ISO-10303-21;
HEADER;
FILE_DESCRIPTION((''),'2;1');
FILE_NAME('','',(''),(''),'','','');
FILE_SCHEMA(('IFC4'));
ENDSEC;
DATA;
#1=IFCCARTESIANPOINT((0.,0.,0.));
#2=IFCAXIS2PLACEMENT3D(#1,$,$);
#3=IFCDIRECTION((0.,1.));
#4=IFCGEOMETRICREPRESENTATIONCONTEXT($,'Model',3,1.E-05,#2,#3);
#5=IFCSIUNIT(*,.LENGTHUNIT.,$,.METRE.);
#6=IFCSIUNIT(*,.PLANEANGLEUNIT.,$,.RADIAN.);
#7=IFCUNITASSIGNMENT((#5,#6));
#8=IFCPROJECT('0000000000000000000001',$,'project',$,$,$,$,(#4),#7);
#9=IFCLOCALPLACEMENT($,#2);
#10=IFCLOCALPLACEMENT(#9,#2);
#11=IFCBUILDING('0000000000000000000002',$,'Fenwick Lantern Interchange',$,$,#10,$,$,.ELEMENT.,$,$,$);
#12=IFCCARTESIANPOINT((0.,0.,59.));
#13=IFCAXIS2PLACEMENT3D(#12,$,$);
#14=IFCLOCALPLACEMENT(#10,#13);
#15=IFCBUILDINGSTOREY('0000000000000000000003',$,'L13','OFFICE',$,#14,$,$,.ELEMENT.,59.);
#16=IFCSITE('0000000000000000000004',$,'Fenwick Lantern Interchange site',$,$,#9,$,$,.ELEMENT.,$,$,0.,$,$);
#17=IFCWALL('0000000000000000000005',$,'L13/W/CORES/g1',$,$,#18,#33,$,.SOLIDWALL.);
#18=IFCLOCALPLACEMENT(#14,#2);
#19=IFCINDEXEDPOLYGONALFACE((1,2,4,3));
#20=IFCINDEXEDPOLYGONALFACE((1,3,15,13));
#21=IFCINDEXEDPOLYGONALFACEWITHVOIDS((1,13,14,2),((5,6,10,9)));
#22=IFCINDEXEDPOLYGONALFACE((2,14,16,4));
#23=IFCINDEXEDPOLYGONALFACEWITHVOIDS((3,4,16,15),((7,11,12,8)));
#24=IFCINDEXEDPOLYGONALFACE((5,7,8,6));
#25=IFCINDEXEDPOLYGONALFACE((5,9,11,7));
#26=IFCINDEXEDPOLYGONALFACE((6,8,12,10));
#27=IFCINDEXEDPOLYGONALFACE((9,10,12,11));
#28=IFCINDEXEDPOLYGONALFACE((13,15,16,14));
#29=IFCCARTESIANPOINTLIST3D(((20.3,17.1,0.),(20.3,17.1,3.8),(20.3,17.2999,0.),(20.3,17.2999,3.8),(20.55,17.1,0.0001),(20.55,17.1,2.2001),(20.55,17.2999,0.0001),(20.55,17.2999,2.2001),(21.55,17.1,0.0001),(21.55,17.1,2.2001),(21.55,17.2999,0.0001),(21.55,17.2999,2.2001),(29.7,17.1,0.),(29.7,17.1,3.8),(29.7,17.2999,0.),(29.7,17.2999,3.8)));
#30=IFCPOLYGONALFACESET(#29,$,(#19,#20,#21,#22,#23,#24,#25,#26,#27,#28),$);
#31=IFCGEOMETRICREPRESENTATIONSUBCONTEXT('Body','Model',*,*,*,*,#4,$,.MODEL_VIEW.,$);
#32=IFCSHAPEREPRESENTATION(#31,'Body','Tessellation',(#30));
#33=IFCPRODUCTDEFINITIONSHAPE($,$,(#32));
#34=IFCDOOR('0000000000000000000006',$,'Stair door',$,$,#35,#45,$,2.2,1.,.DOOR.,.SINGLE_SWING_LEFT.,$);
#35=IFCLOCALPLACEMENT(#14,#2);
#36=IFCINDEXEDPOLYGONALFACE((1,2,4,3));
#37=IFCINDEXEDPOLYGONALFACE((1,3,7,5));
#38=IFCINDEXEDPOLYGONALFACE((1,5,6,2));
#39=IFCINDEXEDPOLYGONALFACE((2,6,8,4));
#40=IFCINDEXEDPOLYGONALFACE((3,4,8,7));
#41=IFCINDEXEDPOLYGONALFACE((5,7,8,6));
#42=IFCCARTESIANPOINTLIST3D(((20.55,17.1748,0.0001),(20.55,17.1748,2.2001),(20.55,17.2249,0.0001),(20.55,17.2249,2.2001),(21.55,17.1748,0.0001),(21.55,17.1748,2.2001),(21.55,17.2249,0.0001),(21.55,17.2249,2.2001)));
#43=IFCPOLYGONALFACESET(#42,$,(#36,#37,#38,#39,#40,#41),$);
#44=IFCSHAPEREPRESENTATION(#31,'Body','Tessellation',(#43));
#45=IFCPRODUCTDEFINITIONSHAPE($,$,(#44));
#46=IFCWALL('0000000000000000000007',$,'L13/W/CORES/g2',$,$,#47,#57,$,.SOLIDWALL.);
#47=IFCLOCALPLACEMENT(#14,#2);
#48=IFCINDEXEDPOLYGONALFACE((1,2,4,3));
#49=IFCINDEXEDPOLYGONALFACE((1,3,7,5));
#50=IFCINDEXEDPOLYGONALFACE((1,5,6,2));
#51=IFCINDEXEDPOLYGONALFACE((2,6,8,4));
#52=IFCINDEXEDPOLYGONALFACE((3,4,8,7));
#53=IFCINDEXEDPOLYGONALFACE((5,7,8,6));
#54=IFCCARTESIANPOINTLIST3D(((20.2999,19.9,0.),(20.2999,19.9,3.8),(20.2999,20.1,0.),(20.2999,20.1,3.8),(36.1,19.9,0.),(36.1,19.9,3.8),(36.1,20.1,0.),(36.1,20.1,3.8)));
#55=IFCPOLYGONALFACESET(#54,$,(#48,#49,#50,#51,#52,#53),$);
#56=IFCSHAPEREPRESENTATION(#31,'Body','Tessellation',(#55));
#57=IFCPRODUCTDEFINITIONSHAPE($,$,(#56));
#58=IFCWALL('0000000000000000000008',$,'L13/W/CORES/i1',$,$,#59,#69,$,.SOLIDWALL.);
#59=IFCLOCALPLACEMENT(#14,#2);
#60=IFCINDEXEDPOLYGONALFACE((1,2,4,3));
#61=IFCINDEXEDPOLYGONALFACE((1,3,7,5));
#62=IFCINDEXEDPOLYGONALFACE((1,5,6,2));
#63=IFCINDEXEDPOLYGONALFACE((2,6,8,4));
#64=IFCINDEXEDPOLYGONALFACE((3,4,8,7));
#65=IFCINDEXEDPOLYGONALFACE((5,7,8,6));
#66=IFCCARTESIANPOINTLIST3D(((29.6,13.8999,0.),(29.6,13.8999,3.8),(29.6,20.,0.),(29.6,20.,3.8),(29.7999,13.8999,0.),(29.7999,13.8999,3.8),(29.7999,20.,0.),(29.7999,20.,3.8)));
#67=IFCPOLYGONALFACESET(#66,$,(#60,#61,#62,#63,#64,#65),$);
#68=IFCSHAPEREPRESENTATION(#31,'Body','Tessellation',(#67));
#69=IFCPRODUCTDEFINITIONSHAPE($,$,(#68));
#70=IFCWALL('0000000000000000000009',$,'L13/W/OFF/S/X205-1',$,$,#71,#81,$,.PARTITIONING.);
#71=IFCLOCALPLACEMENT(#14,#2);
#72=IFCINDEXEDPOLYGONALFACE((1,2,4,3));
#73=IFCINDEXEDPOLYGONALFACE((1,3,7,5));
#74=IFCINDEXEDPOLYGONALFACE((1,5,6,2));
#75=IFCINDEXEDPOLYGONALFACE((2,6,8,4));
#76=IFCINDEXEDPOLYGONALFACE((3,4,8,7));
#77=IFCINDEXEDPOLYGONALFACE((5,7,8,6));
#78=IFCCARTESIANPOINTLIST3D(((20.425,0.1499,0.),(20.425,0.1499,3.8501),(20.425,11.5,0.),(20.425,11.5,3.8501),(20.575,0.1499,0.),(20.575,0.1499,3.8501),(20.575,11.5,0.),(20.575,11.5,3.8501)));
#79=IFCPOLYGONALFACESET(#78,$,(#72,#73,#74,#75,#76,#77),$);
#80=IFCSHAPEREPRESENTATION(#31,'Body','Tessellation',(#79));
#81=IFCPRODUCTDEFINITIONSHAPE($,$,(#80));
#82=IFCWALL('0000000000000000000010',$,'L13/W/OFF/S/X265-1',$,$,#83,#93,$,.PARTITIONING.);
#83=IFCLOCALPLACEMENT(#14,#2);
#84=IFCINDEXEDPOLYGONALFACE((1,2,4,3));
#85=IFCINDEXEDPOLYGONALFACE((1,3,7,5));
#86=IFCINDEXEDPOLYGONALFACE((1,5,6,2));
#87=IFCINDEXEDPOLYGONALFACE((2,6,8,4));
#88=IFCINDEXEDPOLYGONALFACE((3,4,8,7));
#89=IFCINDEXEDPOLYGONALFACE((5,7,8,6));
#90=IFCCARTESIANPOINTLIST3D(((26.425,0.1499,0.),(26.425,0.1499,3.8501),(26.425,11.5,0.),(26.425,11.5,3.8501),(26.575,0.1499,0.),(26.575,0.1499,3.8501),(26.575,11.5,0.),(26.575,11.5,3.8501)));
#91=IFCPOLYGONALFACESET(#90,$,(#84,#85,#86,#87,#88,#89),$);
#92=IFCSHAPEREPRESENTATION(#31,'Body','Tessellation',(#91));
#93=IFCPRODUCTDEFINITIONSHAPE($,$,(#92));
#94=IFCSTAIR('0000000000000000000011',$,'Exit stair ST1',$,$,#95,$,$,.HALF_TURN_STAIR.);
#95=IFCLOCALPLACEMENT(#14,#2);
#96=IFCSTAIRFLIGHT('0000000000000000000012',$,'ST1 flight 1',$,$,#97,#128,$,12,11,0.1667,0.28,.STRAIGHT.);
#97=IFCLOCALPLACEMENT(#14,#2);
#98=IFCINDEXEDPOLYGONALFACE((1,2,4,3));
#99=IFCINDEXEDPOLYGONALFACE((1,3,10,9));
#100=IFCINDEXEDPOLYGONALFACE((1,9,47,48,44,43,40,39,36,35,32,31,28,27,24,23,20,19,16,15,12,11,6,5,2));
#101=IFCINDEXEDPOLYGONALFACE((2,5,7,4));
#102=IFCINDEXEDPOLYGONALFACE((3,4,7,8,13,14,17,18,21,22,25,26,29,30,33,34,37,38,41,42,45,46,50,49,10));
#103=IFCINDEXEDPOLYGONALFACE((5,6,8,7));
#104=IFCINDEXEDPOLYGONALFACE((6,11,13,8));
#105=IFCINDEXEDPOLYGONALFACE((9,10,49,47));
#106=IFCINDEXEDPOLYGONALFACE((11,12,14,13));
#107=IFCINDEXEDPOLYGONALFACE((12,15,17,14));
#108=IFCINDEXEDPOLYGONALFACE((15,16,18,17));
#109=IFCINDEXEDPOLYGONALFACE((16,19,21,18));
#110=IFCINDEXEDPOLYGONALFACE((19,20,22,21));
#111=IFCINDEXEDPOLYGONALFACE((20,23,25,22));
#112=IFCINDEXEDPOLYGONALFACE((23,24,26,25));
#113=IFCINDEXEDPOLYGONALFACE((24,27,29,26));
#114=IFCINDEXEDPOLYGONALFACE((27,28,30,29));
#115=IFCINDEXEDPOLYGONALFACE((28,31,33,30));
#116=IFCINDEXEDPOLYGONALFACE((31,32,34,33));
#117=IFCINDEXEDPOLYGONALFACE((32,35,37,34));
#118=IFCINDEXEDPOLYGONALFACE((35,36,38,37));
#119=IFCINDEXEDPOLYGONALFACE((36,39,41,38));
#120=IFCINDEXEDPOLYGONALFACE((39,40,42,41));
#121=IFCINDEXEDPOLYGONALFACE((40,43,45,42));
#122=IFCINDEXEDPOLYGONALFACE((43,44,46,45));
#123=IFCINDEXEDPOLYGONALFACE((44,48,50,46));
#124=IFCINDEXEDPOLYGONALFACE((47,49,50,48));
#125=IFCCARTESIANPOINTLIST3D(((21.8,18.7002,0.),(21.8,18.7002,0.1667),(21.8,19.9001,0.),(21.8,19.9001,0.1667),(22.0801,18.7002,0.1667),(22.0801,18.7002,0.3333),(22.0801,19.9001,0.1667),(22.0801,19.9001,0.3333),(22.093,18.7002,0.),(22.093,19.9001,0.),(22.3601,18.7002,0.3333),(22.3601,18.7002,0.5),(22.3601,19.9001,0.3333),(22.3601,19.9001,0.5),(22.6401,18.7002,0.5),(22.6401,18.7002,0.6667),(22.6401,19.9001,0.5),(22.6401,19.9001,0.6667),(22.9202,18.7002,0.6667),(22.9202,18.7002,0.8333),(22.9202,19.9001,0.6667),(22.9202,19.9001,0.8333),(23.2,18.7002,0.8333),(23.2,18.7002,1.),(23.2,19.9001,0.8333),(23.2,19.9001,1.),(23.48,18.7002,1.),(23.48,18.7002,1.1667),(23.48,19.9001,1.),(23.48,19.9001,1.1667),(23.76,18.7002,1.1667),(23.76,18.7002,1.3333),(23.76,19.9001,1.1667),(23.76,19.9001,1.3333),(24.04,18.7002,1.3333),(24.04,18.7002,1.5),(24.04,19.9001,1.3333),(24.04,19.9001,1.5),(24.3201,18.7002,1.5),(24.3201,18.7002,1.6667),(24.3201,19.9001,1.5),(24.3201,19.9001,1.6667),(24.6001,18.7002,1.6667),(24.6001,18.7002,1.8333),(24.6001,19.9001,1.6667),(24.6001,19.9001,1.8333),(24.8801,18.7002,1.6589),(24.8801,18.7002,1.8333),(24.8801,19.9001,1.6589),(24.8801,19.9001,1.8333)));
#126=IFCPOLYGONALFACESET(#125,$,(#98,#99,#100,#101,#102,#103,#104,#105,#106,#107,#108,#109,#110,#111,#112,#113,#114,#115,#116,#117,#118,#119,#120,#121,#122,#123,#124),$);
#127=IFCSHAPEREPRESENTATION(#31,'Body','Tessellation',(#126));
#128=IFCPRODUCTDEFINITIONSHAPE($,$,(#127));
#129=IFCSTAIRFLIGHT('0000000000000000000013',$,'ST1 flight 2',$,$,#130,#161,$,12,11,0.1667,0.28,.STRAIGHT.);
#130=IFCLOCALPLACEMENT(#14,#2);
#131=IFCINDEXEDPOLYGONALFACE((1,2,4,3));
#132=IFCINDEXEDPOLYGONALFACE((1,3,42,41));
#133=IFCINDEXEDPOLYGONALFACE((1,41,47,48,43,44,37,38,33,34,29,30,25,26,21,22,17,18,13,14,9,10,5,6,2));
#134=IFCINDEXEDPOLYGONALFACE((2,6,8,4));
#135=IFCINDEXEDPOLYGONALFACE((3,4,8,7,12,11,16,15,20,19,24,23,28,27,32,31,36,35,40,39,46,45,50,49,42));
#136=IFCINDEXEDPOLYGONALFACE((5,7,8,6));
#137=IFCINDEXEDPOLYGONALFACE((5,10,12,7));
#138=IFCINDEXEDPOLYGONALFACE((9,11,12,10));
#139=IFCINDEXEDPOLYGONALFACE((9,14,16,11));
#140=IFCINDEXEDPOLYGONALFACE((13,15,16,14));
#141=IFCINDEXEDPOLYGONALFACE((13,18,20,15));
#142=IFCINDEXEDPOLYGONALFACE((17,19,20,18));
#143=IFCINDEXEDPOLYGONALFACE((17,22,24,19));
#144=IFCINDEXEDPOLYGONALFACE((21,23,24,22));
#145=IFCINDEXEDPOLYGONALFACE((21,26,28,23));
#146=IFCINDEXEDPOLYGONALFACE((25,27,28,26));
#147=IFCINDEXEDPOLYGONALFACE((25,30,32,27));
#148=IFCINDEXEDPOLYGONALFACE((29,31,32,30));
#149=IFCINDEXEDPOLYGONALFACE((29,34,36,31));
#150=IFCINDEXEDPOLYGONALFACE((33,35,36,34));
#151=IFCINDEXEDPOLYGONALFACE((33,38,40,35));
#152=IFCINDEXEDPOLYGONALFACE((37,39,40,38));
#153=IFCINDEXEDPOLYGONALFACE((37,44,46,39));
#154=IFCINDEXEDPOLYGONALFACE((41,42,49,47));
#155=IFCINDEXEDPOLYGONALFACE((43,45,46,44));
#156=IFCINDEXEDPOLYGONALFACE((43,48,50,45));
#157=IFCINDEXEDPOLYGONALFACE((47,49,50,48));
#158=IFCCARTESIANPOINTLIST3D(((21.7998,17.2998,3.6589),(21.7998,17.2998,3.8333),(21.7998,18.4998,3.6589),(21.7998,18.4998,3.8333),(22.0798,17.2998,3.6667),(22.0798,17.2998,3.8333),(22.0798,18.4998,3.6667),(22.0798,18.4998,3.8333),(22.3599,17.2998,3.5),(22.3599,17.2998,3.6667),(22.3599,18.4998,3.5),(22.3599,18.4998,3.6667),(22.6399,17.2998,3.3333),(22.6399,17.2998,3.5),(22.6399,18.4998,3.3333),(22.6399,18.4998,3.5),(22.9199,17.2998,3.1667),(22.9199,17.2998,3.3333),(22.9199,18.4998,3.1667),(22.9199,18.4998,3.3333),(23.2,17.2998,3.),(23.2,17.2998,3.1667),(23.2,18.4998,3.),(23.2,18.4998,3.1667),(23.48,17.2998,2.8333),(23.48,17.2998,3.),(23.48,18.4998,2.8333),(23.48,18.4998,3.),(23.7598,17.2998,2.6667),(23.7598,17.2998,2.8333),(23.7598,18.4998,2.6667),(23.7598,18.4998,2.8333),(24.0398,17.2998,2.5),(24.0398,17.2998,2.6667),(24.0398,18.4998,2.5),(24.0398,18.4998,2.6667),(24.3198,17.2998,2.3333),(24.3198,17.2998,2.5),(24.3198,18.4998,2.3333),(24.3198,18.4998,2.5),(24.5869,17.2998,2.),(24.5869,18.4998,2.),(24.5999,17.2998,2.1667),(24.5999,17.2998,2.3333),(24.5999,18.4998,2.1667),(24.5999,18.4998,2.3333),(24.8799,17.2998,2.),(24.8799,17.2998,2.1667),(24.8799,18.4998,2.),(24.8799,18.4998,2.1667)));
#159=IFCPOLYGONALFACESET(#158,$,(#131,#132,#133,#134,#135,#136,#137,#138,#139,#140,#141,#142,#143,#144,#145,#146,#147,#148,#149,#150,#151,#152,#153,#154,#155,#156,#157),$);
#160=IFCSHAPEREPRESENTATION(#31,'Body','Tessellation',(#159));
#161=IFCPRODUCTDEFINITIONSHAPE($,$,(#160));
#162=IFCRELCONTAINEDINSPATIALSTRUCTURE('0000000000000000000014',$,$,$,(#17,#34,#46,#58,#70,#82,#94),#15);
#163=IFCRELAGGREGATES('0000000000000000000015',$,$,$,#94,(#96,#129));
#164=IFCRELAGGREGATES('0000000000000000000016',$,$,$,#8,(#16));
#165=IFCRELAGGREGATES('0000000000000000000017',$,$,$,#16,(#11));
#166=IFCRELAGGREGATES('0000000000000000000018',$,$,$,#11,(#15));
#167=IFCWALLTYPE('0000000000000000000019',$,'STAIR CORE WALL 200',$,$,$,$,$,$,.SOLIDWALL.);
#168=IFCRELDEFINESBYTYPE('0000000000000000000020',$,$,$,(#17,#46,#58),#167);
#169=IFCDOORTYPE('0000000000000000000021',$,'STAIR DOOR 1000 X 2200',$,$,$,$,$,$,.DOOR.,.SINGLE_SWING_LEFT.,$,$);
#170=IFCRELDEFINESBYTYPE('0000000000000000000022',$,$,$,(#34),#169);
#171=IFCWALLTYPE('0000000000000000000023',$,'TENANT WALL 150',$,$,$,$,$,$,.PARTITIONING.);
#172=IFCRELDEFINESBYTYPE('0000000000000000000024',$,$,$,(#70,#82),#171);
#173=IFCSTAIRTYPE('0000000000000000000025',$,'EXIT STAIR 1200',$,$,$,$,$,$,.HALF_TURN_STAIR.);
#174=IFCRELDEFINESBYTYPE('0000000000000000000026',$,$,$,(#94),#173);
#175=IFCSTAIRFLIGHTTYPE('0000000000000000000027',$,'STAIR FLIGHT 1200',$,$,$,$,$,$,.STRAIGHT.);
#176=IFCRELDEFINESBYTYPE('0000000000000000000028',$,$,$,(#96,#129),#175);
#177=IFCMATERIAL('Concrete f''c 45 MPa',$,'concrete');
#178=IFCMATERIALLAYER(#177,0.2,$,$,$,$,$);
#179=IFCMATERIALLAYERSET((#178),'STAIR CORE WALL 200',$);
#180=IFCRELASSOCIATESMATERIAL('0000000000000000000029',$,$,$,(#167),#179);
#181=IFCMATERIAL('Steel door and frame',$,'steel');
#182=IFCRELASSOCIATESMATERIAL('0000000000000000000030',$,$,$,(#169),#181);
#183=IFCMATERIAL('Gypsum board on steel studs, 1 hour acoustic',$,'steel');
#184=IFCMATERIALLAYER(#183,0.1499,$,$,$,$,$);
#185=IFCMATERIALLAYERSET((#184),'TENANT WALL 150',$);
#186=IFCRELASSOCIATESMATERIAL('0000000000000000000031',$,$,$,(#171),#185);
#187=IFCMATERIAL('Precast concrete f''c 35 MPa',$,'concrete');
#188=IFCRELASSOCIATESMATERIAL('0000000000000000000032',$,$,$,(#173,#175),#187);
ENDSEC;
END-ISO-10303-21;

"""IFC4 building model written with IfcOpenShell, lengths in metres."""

from ifc_helpers import new_model, si_unit, direction, frame, frame_2d, origin, place, context, subcontext, project, spatial, polyline, rectangle, outline, extrude, material, layer, layer_set, type_object, element, fill, aggregate, save


model = new_model("IFC4")

# Units and contexts
model_context = context("Model", 3, precision=1e-05, world=origin(), true_north=direction((0.0, 1.0)))
body_context = subcontext(model_context, "Body", "Model", "MODEL_VIEW")
ifc_project = project(units=[si_unit("LENGTHUNIT", "METRE"), si_unit("PLANEANGLEUNIT", "RADIAN")], contexts=[model_context])

# Site, building, storey
site_placement = place(None, origin())
site = spatial("IfcSite", under=ifc_project, at=site_placement, Name="Fenwick Lantern Interchange site", CompositionType="ELEMENT", RefElevation=0.0)
building_placement = place(site_placement, origin())
building = spatial("IfcBuilding", under=site, at=building_placement, Name="Fenwick Lantern Interchange", CompositionType="ELEMENT")
storey_placement = place(building_placement, frame((0.0, 0.0, 59.0)))
storey = spatial("IfcBuildingStorey", under=building, at=storey_placement, Name="L13", Description="OFFICE", CompositionType="ELEMENT", Elevation=59.0)

# Shared definitions
ifc_material_1 = material(Name="Steel door and frame", Category="steel")

# Shared definitions
ifc_material_2 = material(Name="Concrete f'c 45 MPa", Category="concrete")
ifc_layer_1 = layer(ifc_material_2, 0.2)
ifc_layer_set_1 = layer_set([ifc_layer_1], Name="STAIR CORE WALL 200")
wall_type_1 = type_object("IfcWallType", Name="STAIR CORE WALL 200", PredefinedType="SOLIDWALL", material=ifc_layer_set_1)

# Wall, opening, door
wall_1_placement = place(storey_placement, frame((20.3, 17.2, 0.0), z_axis=(0.0, 0.0, 1.0), x_axis=(1.0, 0.0, 0.0)))
wall_1 = element("IfcWall", 1, at=wall_1_placement, inside=storey, type_object=wall_type_1, Name="L13/W/CORES/g1", PredefinedType="SOLIDWALL", context=body_context, shape_type="SweptSolid", body=[
    extrude(rectangle(XDim=9.3999, YDim=0.2, at=frame_2d((4.7, 0.0))), origin(), (0.0, 0.0, 1.0), 3.8),
])
opening_1_placement = place(wall_1_placement, frame((0.25, 0.0, 0.0)))
opening_1 = element("IfcOpeningElement", 2, at=opening_1_placement, cuts=wall_1, PredefinedType="OPENING", context=body_context, shape_type="SweptSolid", body=[
    extrude(rectangle(XDim=1.0, YDim=2.2, at=frame_2d((0.5, 1.1001))), frame((0.0, 0.1099, 0.0), z_axis=(0.0, -1.0, 0.0), x_axis=(1.0, 0.0, 0.0)), (0.0, 0.0, 1.0), 0.22),
])
door_type_1 = type_object("IfcDoorType", Name="STAIR DOOR 1000 X 2200", OperationType="SINGLE_SWING_LEFT", PredefinedType="DOOR", material=ifc_material_1)
door_1_placement = place(opening_1_placement, origin())
door_1 = element("IfcDoor", 3, at=door_1_placement, inside=storey, type_object=door_type_1, Name="Stair door", OperationType="SINGLE_SWING_LEFT", OverallHeight=2.2, OverallWidth=1.0, PredefinedType="DOOR", context=body_context, shape_type="SweptSolid", body=[
    extrude(rectangle(XDim=1.0, YDim=2.2, at=frame_2d((0.5, 1.1001))), frame((0.0, 0.0249, 0.0), z_axis=(0.0, -1.0, 0.0), x_axis=(1.0, 0.0, 0.0)), (0.0, 0.0, 1.0), 0.05),
])
fill(opening_1, door_1)

# Walls
wall_2_placement = place(storey_placement, frame((20.3, 20.0, 0.0), z_axis=(0.0, 0.0, 1.0), x_axis=(1.0, 0.0, 0.0)))
element("IfcWall", 4, at=wall_2_placement, inside=storey, type_object=wall_type_1, Name="L13/W/CORES/g2", PredefinedType="SOLIDWALL", context=body_context, shape_type="SweptSolid", body=[
    extrude(rectangle(XDim=15.8, YDim=0.2, at=frame_2d((7.8999, 0.0))), origin(), (0.0, 0.0, 1.0), 3.8),
])
wall_3_placement = place(storey_placement, frame((29.7, 13.8999, 0.0), z_axis=(0.0, 0.0, 1.0), x_axis=(0.0, 1.0, 0.0)))
element("IfcWall", 5, at=wall_3_placement, inside=storey, type_object=wall_type_1, Name="L13/W/CORES/i1", PredefinedType="SOLIDWALL", context=body_context, shape_type="SweptSolid", body=[
    extrude(rectangle(XDim=6.1001, YDim=0.2, at=frame_2d((3.05, 0.0))), origin(), (0.0, 0.0, 1.0), 3.8),
])
ifc_material_3 = material(Name="Gypsum board on steel studs, 1 hour acoustic", Category="steel")
ifc_layer_2 = layer(ifc_material_3, 0.1499)
ifc_layer_set_2 = layer_set([ifc_layer_2], Name="TENANT WALL 150")
wall_type_2 = type_object("IfcWallType", Name="TENANT WALL 150", PredefinedType="PARTITIONING", material=ifc_layer_set_2)
for number, where, z_axis, x_axis, name in (
    (6, (20.5, 0.1499, 0.0), (0.0, 0.0, 1.0), (0.0, 1.0, 0.0), "L13/W/OFF/S/X205-1"),
    (7, (26.5, 0.1499, 0.0), (0.0, 0.0, 1.0), (0.0, 1.0, 0.0), "L13/W/OFF/S/X265-1"),
):
    element("IfcWall", number, at=place(storey_placement, frame(where, z_axis=z_axis, x_axis=x_axis)), inside=storey, type_object=wall_type_2, Name=name, PredefinedType="PARTITIONING", context=body_context, shape_type="SweptSolid", body=[
        extrude(rectangle(XDim=11.3501, YDim=0.1499, at=frame_2d((5.675, 0.0))), origin(), (0.0, 0.0, 1.0), 3.8501),
    ])

# Stair, stair flights
ifc_material_4 = material(Name="Precast concrete f'c 35 MPa", Category="concrete")
stair_type = type_object("IfcStairType", Name="EXIT STAIR 1200", PredefinedType="HALF_TURN_STAIR", material=ifc_material_4)
stair_placement = place(storey_placement, origin())
stair = element("IfcStair", 8, at=stair_placement, inside=storey, type_object=stair_type, Name="Exit stair ST1", PredefinedType="HALF_TURN_STAIR")
stair_flight_type = type_object("IfcStairFlightType", Name="STAIR FLIGHT 1200", PredefinedType="STRAIGHT", material=ifc_material_4)
stair_flight_1_placement = place(storey_placement, frame((21.8, 19.3, 0.0), z_axis=(0.0, 0.0, 1.0), x_axis=(1.0, 0.0, 0.0)))
stair_flight_1 = element("IfcStairFlight", 9, at=stair_flight_1_placement, type_object=stair_flight_type, Name="ST1 flight 1", NumberOfRisers=12, NumberOfTreads=11, PredefinedType="STRAIGHT", RiserHeight=0.1667, TreadLength=0.28, context=body_context, shape_type="SweptSolid", body=[
    extrude(outline(polyline([(0.0, 0.0), (0.0, 0.1667), (0.28, 0.1667), (0.28, 0.3333), (0.5601, 0.3333), (0.5601, 0.5), (0.8401, 0.5), (0.8401, 0.6667), (1.1201, 0.6667), (1.1201, 0.8333), (1.3999, 0.8333), (1.3999, 1.0), (1.6799, 1.0), (1.6799, 1.1667), (1.96, 1.1667), (1.96, 1.3333), (2.24, 1.3333), (2.24, 1.5), (2.52, 1.5), (2.52, 1.6667), (2.8, 1.6667), (2.8, 1.8333), (3.0801, 1.8333), (3.0801, 2.0), (3.0801, 1.6589), (0.293, 0.0), (0.0, 0.0)])), frame((0.0, 0.6001, 0.0), z_axis=(0.0, -1.0, 0.0), x_axis=(1.0, 0.0, 0.0)), (0.0, 0.0, 1.0), 1.2),
])
stair_flight_2_placement = place(storey_placement, frame((24.8799, 17.8999, 2.0), z_axis=(0.0, 0.0, 1.0), x_axis=(-1.0, 0.0, 0.0)))
stair_flight_2 = element("IfcStairFlight", 10, at=stair_flight_2_placement, type_object=stair_flight_type, Name="ST1 flight 2", NumberOfRisers=12, NumberOfTreads=11, PredefinedType="STRAIGHT", RiserHeight=0.1667, TreadLength=0.28, context=body_context, shape_type="SweptSolid", body=[
    extrude(outline(polyline([(0.0, 0.0), (0.0, 0.1667), (0.28, 0.1667), (0.28, 0.3333), (0.5601, 0.3333), (0.5601, 0.5), (0.8401, 0.5), (0.8401, 0.6667), (1.1201, 0.6667), (1.1201, 0.8333), (1.3999, 0.8333), (1.3999, 1.0), (1.6799, 1.0), (1.6799, 1.1667), (1.96, 1.1667), (1.96, 1.3333), (2.24, 1.3333), (2.24, 1.5), (2.52, 1.5), (2.52, 1.6667), (2.8, 1.6667), (2.8, 1.8333), (3.0801, 1.8333), (3.0801, 2.0), (3.0801, 1.6589), (0.293, 0.0), (0.0, 0.0)])), frame((0.0, 0.6001, 0.0), z_axis=(0.0, -1.0, 0.0), x_axis=(1.0, 0.0, 0.0)), (0.0, 0.0, 1.0), 1.2),
])
aggregate(stair, [stair_flight_1, stair_flight_2])

save(model, "model.ifc")
